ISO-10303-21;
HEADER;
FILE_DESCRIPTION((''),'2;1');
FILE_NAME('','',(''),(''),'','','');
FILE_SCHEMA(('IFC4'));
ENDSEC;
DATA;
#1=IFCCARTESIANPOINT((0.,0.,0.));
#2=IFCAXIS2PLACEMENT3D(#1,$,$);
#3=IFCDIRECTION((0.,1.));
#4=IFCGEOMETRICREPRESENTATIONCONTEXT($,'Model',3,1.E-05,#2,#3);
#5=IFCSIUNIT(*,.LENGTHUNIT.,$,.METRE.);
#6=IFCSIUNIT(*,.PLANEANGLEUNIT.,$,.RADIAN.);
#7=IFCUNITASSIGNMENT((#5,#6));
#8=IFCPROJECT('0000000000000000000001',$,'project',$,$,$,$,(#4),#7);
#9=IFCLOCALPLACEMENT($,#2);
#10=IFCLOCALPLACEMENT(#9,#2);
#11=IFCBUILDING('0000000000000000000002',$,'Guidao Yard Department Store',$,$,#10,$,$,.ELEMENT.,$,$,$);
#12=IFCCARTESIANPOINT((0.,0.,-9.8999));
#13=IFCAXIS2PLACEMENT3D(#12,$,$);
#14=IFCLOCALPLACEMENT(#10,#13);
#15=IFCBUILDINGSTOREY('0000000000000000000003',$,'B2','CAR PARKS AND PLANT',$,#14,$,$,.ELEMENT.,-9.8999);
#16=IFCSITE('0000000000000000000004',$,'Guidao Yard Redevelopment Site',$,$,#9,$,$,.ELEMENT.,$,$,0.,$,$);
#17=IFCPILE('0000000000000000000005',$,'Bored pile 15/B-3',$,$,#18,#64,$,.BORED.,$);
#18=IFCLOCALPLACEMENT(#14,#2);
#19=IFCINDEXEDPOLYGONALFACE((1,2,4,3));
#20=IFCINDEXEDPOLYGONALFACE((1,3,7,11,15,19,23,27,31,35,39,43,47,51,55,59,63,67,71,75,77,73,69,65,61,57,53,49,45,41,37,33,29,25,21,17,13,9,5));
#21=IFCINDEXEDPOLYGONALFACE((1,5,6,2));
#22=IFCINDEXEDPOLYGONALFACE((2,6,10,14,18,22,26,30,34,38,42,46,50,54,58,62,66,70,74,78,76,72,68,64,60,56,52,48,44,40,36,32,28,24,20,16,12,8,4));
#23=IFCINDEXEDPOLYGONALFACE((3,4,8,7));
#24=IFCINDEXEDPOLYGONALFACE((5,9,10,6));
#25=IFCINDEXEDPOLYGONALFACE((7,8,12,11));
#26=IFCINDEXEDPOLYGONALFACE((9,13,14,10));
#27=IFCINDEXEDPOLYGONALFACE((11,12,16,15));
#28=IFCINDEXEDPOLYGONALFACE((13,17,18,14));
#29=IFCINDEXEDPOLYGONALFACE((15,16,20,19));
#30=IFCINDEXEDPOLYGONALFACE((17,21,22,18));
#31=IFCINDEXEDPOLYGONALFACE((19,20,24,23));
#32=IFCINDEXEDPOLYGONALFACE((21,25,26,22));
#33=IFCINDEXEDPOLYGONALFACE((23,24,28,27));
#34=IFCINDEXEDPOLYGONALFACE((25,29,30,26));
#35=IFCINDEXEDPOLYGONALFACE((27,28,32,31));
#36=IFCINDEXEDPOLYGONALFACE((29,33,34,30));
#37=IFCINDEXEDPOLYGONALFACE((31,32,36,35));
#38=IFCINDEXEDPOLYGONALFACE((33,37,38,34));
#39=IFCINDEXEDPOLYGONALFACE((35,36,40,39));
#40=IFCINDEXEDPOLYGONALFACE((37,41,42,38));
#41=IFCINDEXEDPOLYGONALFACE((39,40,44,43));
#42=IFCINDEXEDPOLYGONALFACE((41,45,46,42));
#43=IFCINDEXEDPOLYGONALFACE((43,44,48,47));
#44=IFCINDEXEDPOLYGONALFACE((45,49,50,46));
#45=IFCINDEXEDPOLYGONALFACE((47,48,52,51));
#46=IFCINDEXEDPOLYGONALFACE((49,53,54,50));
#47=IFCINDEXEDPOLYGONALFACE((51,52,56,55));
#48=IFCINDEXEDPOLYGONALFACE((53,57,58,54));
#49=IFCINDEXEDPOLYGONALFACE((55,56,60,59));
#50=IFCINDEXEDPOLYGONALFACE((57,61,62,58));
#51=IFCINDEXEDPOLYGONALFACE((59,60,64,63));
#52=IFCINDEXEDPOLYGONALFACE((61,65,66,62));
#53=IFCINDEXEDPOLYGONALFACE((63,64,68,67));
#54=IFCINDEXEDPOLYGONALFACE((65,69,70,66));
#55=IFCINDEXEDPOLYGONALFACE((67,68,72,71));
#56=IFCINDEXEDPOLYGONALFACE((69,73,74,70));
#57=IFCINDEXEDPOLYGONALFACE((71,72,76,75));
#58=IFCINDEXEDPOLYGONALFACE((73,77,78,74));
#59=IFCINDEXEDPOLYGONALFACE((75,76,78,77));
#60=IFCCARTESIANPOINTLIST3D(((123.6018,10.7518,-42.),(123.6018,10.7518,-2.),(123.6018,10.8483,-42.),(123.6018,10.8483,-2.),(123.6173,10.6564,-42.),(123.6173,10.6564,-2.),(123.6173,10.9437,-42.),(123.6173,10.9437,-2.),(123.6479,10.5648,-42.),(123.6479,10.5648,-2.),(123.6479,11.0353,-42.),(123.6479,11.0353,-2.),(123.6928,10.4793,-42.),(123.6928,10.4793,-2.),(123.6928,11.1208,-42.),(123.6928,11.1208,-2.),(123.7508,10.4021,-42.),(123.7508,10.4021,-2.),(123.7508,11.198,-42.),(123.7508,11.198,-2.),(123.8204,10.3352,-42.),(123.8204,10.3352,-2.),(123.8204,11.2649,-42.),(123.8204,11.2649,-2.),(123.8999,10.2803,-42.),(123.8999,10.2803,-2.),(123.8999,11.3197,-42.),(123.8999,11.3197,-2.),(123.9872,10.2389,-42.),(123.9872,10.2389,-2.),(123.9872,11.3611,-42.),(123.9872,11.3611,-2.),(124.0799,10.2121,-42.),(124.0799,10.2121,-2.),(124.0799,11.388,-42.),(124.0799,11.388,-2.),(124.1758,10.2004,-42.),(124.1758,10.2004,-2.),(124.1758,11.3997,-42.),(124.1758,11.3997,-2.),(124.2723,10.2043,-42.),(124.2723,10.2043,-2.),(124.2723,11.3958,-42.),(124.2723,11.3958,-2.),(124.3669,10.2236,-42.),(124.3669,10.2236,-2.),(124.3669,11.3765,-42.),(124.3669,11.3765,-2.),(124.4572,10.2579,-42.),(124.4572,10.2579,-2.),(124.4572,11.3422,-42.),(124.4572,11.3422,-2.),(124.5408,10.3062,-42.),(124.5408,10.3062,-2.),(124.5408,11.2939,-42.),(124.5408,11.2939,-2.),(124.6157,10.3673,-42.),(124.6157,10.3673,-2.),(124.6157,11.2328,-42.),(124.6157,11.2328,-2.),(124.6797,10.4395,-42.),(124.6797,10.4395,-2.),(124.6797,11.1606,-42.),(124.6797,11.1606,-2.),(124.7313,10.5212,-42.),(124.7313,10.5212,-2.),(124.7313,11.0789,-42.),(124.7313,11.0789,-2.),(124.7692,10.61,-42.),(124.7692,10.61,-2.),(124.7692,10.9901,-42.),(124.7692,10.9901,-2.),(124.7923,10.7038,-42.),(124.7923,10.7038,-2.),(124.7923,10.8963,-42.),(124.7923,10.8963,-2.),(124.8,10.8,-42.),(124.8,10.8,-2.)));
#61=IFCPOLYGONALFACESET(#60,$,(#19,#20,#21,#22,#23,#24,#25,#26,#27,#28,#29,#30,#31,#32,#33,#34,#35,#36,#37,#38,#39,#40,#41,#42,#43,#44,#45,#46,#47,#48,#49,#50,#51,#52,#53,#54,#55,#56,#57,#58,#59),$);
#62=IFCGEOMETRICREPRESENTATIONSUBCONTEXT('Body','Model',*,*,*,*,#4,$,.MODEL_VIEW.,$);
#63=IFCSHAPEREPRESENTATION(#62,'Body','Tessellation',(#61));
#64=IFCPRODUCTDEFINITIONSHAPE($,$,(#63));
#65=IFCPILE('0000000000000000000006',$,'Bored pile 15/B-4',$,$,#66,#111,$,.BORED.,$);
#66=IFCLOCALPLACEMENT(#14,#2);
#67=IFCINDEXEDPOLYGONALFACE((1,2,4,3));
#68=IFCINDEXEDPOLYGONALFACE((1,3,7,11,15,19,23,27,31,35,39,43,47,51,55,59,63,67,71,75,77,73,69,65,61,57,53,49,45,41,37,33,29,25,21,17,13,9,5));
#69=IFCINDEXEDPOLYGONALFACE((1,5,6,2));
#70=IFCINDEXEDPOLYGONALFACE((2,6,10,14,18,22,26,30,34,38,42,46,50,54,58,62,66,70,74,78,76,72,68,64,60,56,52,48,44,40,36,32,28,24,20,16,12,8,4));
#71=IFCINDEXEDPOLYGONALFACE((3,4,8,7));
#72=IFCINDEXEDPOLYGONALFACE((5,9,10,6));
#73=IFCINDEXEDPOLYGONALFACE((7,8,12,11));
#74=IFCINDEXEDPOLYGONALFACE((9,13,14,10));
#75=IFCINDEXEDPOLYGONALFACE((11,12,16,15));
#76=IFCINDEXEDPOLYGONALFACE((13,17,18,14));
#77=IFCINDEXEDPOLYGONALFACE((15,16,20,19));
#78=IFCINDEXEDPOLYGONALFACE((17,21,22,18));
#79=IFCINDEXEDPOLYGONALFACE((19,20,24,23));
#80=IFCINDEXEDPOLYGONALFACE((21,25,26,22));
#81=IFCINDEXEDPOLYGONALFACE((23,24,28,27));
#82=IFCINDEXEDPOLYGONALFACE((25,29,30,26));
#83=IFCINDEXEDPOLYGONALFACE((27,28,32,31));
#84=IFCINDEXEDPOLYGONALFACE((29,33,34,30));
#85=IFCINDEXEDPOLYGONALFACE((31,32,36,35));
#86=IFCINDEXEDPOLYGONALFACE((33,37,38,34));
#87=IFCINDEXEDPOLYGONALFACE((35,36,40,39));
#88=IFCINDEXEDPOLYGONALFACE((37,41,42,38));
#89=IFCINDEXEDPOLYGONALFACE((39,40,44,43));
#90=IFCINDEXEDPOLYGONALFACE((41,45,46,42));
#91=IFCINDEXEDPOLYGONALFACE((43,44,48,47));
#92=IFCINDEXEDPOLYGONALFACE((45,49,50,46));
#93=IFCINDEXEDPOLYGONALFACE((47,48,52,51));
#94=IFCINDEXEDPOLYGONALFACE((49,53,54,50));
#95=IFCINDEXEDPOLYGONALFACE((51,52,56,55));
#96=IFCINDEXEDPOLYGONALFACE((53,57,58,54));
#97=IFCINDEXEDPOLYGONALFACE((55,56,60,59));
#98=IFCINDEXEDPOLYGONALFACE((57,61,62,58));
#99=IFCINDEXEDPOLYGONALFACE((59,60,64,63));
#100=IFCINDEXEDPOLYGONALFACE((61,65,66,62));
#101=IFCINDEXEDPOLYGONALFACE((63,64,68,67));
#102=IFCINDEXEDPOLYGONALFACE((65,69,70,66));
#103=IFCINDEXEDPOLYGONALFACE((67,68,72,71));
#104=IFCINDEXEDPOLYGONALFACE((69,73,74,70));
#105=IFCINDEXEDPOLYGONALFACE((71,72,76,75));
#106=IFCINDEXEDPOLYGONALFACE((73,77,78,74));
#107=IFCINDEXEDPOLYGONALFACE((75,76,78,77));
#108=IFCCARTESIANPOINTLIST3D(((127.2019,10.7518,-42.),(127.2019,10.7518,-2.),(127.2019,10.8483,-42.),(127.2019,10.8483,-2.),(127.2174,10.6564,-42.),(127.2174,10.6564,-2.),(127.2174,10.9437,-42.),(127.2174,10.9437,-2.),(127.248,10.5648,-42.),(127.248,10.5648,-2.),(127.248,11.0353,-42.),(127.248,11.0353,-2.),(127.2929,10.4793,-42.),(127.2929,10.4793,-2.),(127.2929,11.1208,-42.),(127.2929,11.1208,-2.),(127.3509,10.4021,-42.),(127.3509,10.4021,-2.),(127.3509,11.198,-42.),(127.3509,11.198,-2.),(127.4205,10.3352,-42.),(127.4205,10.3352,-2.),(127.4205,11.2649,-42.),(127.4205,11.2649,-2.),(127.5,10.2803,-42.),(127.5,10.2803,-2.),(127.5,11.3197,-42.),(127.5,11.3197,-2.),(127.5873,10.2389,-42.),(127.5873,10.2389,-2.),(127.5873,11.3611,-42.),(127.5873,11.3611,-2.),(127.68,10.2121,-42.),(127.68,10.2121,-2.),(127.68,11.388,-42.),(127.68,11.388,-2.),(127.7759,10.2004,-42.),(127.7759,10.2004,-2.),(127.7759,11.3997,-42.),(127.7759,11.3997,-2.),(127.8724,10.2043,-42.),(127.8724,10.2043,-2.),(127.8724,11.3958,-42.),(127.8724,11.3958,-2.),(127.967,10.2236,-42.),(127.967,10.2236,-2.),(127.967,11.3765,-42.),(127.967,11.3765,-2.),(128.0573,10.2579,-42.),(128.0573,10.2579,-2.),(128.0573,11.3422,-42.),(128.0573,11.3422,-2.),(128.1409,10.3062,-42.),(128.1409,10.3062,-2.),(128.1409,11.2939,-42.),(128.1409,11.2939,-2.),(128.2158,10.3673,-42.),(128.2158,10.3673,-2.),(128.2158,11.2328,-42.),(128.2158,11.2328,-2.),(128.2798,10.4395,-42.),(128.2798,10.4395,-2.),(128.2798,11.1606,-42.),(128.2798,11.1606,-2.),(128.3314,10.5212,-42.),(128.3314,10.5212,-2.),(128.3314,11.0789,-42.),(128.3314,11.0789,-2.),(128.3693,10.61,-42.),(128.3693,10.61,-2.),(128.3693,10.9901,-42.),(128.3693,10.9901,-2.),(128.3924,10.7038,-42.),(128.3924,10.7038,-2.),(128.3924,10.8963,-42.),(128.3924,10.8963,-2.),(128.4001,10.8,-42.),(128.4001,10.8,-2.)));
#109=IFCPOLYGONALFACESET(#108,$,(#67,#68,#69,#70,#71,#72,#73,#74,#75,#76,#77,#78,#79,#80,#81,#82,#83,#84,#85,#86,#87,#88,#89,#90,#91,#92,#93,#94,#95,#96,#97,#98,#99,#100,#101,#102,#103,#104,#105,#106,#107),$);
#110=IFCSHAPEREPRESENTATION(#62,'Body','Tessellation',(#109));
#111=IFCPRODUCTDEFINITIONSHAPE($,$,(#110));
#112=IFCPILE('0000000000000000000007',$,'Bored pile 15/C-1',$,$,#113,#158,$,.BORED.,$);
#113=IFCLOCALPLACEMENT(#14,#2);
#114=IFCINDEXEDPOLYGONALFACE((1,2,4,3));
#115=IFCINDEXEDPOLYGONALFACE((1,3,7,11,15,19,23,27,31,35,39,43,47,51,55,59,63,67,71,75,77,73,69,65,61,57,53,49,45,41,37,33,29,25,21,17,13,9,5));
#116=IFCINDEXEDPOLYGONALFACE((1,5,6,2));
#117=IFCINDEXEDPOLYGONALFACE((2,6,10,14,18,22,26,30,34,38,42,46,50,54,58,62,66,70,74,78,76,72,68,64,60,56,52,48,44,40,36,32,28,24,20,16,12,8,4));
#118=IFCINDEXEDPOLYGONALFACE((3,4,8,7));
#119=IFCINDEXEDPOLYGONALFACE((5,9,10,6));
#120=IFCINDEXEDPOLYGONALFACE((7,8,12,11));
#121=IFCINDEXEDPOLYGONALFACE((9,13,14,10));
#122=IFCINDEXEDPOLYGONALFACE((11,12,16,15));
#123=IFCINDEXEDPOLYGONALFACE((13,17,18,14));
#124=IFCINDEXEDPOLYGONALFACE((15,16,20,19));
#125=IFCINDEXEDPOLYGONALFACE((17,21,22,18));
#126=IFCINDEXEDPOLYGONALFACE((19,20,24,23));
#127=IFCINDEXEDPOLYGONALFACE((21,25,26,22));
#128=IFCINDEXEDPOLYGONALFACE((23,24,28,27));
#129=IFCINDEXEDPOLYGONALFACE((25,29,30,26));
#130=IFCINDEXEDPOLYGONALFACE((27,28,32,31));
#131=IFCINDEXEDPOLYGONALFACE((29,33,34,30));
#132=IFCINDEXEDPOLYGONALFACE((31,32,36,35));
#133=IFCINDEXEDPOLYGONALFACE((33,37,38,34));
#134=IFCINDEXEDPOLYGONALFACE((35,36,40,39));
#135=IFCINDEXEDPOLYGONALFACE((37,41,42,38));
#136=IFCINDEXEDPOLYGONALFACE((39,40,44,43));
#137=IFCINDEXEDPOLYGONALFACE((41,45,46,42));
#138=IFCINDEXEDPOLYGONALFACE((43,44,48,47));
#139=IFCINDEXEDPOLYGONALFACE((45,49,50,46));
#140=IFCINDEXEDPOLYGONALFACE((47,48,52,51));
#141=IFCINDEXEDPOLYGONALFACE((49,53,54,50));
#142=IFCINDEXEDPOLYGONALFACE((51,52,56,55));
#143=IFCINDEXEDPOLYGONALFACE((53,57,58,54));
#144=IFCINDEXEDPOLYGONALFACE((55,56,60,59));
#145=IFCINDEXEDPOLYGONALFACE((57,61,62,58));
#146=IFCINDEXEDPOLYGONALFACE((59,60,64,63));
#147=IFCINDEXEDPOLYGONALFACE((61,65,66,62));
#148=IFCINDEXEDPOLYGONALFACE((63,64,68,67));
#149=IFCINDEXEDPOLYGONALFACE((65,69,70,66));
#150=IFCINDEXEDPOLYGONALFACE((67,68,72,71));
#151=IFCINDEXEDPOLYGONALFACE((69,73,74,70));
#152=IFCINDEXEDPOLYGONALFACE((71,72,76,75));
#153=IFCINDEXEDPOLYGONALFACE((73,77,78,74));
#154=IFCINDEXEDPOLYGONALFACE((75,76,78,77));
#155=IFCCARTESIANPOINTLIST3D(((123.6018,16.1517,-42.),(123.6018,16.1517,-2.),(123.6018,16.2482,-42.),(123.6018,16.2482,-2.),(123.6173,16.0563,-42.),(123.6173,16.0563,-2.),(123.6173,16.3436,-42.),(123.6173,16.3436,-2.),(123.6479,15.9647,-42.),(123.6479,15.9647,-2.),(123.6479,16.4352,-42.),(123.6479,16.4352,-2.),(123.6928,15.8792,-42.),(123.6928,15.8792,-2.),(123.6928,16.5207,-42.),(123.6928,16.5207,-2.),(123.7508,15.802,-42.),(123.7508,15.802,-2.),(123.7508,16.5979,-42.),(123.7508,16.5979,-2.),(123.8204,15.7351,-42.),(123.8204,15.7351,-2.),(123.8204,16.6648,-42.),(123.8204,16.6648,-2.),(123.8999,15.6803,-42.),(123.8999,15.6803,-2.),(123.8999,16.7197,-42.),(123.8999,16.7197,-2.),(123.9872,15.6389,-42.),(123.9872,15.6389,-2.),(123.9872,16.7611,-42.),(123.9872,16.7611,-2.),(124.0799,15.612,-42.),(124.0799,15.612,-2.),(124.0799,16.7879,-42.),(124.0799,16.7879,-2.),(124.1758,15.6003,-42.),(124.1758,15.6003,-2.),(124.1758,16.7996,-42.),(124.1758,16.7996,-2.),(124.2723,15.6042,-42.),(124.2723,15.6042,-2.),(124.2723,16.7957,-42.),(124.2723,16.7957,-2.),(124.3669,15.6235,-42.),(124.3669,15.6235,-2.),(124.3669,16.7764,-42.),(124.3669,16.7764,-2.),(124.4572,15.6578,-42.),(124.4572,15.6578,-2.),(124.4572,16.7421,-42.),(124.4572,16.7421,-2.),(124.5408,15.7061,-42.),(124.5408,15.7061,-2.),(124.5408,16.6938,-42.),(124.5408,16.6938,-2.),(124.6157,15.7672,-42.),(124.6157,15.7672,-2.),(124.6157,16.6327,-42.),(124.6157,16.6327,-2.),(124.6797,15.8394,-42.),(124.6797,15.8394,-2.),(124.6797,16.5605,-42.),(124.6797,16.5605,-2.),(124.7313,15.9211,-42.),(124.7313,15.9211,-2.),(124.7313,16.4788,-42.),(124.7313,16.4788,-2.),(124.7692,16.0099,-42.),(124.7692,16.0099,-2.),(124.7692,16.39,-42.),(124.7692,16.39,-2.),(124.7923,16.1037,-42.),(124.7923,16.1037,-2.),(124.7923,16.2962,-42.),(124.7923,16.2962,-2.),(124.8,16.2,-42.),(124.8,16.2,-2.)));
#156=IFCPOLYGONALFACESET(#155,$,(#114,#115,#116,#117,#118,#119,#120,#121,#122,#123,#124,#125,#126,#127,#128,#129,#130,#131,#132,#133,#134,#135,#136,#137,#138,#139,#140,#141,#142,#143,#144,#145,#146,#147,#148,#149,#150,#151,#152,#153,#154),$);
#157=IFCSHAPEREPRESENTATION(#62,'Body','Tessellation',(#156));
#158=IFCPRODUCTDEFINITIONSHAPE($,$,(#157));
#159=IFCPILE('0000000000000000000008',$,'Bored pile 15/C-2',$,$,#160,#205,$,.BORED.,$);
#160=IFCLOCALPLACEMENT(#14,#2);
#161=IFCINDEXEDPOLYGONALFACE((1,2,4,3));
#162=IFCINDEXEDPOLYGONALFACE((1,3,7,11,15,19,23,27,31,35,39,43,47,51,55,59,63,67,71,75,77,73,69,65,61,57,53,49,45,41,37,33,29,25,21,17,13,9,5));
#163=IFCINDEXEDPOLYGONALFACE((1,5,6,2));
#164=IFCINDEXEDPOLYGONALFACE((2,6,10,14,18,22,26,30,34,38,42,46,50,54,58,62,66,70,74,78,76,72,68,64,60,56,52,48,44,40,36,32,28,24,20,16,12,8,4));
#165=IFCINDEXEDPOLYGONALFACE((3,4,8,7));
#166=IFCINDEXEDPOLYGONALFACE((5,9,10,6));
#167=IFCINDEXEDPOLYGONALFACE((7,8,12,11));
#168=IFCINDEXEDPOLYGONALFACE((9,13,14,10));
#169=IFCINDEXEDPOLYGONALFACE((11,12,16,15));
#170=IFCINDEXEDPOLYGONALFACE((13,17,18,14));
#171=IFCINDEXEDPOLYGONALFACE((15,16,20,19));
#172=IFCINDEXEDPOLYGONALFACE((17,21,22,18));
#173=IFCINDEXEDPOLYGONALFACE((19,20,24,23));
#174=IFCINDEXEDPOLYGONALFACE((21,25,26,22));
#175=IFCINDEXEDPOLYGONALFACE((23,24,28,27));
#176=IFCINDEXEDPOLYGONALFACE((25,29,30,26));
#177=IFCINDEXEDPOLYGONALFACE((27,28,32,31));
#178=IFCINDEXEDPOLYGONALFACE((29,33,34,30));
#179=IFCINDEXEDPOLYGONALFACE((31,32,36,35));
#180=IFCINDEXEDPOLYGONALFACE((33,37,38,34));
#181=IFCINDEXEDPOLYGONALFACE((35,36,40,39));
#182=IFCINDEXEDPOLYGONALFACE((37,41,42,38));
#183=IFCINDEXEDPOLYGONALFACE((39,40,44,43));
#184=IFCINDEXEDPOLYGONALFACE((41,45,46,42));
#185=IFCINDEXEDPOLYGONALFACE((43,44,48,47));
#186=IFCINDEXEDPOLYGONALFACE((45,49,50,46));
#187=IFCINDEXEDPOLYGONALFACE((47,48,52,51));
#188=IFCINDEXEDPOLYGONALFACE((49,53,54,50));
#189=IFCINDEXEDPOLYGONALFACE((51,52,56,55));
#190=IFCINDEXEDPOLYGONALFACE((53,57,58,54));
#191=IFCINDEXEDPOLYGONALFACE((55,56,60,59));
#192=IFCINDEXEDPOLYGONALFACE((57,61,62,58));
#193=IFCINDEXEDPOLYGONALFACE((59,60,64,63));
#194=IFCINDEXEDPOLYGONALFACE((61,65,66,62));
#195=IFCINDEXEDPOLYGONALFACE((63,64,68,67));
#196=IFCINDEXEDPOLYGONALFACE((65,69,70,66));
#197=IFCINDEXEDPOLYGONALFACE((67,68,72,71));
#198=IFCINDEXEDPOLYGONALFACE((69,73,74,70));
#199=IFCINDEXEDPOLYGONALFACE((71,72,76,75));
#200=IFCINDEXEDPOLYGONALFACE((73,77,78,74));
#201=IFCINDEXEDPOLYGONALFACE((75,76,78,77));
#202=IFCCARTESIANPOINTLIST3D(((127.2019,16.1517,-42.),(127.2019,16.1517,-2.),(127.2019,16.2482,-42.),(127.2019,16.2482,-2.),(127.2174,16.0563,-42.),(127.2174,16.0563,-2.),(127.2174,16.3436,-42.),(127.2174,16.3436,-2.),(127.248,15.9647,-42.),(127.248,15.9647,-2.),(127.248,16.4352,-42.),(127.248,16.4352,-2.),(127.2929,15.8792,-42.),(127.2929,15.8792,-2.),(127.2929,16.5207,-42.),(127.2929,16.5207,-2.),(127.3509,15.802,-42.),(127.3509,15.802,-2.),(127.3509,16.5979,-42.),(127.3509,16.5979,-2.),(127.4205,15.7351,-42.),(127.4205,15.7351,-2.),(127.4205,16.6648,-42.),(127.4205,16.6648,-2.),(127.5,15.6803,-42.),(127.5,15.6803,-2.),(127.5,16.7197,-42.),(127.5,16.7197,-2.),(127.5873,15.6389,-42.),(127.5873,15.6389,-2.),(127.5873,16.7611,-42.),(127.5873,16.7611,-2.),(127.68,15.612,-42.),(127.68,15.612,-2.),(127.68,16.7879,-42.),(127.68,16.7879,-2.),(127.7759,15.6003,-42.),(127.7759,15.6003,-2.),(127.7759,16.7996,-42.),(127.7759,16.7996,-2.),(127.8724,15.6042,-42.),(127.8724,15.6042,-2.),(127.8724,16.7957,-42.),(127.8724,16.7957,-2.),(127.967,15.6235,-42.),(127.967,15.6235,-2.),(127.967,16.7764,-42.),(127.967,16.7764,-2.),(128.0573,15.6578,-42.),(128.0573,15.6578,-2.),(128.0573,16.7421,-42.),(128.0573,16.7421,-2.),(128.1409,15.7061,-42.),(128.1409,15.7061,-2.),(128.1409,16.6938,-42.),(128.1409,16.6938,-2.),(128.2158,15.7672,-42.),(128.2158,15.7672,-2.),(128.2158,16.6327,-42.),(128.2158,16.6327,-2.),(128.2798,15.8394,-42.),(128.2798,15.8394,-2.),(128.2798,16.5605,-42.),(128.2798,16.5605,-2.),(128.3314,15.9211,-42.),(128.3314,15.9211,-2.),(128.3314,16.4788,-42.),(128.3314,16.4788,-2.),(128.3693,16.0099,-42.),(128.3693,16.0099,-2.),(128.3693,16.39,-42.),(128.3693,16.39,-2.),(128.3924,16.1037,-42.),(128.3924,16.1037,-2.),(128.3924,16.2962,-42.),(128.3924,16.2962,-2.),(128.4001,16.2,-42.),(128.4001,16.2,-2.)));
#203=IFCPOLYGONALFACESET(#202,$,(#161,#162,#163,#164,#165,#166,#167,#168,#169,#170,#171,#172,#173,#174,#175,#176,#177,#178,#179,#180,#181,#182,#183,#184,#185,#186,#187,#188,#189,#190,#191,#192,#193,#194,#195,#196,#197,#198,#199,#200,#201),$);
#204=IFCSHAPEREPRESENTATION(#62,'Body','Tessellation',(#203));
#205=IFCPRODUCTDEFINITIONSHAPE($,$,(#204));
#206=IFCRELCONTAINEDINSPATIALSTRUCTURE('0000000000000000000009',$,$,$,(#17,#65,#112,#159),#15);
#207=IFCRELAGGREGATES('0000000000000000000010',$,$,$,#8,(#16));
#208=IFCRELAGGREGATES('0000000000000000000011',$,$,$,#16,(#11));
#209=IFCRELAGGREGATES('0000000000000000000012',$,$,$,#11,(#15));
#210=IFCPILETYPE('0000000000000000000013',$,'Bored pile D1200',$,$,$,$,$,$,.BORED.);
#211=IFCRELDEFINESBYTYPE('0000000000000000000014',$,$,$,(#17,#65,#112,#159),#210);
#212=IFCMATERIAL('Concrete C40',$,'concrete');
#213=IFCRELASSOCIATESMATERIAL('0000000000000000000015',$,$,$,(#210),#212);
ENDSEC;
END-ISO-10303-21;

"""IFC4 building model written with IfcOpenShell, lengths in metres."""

from ifc_helpers import new_model, si_unit, direction, frame, origin, origin_2d, place, context, subcontext, project, spatial, circle, extrude, material, material_profile, profile_set, type_object, element, save


model = new_model("IFC4")

# Units and contexts
model_context = context("Model", 3, precision=1e-05, world=origin(), true_north=direction((0.0, 1.0)))
body_context = subcontext(model_context, "Body", "Model", "MODEL_VIEW")
ifc_project = project(units=[si_unit("LENGTHUNIT", "METRE"), si_unit("PLANEANGLEUNIT", "RADIAN")], contexts=[model_context])

# Site, building, storey
site_placement = place(None, origin())
site = spatial("IfcSite", under=ifc_project, at=site_placement, Name="Guidao Yard Redevelopment Site", CompositionType="ELEMENT", RefElevation=0.0)
building_placement = place(site_placement, origin())
building = spatial("IfcBuilding", under=site, at=building_placement, Name="Guidao Yard Department Store", CompositionType="ELEMENT")
storey_placement = place(building_placement, frame((0.0, 0.0, -9.8999)))
storey = spatial("IfcBuildingStorey", under=building, at=storey_placement, Name="B2", Description="CAR PARKS AND PLANT", CompositionType="ELEMENT", Elevation=-9.8999)

# Piles
ifc_material_1 = material(Name="Concrete C40", Category="concrete")
ifc_material_profile_1 = material_profile(ifc_material_1, circle(Radius=0.6001, at=origin_2d()), Name="Bored pile D1200")
ifc_profile_set_1 = profile_set([ifc_material_profile_1], Name="Concrete C40")
pile_type = type_object("IfcPileType", Name="Bored pile D1200", PredefinedType="BORED", material=ifc_profile_set_1)
for number, where, z_axis, x_axis, name in (
    (1, (124.2, 10.8, -2.0), (0.0, 0.0, -1.0), (1.0, 0.0, 0.0), "Bored pile 15/B-3"),
    (2, (127.8, 10.8, -2.0), (0.0, 0.0, -1.0), (1.0, 0.0, 0.0), "Bored pile 15/B-4"),
    (3, (124.2, 16.2, -2.0), (0.0, 0.0, -1.0), (1.0, 0.0, 0.0), "Bored pile 15/C-1"),
    (4, (127.8, 16.2, -2.0), (0.0, 0.0, -1.0), (1.0, 0.0, 0.0), "Bored pile 15/C-2"),
):
    element("IfcPile", number, at=place(storey_placement, frame(where, z_axis=z_axis, x_axis=x_axis)), inside=storey, type_object=pile_type, Name=name, PredefinedType="BORED", context=body_context, shape_type="SweptSolid", body=[
        extrude(circle(Radius=0.6001, at=origin_2d()), origin(), (0.0, 0.0, 1.0), 40.0),
    ])

save(model, "model.ifc")
